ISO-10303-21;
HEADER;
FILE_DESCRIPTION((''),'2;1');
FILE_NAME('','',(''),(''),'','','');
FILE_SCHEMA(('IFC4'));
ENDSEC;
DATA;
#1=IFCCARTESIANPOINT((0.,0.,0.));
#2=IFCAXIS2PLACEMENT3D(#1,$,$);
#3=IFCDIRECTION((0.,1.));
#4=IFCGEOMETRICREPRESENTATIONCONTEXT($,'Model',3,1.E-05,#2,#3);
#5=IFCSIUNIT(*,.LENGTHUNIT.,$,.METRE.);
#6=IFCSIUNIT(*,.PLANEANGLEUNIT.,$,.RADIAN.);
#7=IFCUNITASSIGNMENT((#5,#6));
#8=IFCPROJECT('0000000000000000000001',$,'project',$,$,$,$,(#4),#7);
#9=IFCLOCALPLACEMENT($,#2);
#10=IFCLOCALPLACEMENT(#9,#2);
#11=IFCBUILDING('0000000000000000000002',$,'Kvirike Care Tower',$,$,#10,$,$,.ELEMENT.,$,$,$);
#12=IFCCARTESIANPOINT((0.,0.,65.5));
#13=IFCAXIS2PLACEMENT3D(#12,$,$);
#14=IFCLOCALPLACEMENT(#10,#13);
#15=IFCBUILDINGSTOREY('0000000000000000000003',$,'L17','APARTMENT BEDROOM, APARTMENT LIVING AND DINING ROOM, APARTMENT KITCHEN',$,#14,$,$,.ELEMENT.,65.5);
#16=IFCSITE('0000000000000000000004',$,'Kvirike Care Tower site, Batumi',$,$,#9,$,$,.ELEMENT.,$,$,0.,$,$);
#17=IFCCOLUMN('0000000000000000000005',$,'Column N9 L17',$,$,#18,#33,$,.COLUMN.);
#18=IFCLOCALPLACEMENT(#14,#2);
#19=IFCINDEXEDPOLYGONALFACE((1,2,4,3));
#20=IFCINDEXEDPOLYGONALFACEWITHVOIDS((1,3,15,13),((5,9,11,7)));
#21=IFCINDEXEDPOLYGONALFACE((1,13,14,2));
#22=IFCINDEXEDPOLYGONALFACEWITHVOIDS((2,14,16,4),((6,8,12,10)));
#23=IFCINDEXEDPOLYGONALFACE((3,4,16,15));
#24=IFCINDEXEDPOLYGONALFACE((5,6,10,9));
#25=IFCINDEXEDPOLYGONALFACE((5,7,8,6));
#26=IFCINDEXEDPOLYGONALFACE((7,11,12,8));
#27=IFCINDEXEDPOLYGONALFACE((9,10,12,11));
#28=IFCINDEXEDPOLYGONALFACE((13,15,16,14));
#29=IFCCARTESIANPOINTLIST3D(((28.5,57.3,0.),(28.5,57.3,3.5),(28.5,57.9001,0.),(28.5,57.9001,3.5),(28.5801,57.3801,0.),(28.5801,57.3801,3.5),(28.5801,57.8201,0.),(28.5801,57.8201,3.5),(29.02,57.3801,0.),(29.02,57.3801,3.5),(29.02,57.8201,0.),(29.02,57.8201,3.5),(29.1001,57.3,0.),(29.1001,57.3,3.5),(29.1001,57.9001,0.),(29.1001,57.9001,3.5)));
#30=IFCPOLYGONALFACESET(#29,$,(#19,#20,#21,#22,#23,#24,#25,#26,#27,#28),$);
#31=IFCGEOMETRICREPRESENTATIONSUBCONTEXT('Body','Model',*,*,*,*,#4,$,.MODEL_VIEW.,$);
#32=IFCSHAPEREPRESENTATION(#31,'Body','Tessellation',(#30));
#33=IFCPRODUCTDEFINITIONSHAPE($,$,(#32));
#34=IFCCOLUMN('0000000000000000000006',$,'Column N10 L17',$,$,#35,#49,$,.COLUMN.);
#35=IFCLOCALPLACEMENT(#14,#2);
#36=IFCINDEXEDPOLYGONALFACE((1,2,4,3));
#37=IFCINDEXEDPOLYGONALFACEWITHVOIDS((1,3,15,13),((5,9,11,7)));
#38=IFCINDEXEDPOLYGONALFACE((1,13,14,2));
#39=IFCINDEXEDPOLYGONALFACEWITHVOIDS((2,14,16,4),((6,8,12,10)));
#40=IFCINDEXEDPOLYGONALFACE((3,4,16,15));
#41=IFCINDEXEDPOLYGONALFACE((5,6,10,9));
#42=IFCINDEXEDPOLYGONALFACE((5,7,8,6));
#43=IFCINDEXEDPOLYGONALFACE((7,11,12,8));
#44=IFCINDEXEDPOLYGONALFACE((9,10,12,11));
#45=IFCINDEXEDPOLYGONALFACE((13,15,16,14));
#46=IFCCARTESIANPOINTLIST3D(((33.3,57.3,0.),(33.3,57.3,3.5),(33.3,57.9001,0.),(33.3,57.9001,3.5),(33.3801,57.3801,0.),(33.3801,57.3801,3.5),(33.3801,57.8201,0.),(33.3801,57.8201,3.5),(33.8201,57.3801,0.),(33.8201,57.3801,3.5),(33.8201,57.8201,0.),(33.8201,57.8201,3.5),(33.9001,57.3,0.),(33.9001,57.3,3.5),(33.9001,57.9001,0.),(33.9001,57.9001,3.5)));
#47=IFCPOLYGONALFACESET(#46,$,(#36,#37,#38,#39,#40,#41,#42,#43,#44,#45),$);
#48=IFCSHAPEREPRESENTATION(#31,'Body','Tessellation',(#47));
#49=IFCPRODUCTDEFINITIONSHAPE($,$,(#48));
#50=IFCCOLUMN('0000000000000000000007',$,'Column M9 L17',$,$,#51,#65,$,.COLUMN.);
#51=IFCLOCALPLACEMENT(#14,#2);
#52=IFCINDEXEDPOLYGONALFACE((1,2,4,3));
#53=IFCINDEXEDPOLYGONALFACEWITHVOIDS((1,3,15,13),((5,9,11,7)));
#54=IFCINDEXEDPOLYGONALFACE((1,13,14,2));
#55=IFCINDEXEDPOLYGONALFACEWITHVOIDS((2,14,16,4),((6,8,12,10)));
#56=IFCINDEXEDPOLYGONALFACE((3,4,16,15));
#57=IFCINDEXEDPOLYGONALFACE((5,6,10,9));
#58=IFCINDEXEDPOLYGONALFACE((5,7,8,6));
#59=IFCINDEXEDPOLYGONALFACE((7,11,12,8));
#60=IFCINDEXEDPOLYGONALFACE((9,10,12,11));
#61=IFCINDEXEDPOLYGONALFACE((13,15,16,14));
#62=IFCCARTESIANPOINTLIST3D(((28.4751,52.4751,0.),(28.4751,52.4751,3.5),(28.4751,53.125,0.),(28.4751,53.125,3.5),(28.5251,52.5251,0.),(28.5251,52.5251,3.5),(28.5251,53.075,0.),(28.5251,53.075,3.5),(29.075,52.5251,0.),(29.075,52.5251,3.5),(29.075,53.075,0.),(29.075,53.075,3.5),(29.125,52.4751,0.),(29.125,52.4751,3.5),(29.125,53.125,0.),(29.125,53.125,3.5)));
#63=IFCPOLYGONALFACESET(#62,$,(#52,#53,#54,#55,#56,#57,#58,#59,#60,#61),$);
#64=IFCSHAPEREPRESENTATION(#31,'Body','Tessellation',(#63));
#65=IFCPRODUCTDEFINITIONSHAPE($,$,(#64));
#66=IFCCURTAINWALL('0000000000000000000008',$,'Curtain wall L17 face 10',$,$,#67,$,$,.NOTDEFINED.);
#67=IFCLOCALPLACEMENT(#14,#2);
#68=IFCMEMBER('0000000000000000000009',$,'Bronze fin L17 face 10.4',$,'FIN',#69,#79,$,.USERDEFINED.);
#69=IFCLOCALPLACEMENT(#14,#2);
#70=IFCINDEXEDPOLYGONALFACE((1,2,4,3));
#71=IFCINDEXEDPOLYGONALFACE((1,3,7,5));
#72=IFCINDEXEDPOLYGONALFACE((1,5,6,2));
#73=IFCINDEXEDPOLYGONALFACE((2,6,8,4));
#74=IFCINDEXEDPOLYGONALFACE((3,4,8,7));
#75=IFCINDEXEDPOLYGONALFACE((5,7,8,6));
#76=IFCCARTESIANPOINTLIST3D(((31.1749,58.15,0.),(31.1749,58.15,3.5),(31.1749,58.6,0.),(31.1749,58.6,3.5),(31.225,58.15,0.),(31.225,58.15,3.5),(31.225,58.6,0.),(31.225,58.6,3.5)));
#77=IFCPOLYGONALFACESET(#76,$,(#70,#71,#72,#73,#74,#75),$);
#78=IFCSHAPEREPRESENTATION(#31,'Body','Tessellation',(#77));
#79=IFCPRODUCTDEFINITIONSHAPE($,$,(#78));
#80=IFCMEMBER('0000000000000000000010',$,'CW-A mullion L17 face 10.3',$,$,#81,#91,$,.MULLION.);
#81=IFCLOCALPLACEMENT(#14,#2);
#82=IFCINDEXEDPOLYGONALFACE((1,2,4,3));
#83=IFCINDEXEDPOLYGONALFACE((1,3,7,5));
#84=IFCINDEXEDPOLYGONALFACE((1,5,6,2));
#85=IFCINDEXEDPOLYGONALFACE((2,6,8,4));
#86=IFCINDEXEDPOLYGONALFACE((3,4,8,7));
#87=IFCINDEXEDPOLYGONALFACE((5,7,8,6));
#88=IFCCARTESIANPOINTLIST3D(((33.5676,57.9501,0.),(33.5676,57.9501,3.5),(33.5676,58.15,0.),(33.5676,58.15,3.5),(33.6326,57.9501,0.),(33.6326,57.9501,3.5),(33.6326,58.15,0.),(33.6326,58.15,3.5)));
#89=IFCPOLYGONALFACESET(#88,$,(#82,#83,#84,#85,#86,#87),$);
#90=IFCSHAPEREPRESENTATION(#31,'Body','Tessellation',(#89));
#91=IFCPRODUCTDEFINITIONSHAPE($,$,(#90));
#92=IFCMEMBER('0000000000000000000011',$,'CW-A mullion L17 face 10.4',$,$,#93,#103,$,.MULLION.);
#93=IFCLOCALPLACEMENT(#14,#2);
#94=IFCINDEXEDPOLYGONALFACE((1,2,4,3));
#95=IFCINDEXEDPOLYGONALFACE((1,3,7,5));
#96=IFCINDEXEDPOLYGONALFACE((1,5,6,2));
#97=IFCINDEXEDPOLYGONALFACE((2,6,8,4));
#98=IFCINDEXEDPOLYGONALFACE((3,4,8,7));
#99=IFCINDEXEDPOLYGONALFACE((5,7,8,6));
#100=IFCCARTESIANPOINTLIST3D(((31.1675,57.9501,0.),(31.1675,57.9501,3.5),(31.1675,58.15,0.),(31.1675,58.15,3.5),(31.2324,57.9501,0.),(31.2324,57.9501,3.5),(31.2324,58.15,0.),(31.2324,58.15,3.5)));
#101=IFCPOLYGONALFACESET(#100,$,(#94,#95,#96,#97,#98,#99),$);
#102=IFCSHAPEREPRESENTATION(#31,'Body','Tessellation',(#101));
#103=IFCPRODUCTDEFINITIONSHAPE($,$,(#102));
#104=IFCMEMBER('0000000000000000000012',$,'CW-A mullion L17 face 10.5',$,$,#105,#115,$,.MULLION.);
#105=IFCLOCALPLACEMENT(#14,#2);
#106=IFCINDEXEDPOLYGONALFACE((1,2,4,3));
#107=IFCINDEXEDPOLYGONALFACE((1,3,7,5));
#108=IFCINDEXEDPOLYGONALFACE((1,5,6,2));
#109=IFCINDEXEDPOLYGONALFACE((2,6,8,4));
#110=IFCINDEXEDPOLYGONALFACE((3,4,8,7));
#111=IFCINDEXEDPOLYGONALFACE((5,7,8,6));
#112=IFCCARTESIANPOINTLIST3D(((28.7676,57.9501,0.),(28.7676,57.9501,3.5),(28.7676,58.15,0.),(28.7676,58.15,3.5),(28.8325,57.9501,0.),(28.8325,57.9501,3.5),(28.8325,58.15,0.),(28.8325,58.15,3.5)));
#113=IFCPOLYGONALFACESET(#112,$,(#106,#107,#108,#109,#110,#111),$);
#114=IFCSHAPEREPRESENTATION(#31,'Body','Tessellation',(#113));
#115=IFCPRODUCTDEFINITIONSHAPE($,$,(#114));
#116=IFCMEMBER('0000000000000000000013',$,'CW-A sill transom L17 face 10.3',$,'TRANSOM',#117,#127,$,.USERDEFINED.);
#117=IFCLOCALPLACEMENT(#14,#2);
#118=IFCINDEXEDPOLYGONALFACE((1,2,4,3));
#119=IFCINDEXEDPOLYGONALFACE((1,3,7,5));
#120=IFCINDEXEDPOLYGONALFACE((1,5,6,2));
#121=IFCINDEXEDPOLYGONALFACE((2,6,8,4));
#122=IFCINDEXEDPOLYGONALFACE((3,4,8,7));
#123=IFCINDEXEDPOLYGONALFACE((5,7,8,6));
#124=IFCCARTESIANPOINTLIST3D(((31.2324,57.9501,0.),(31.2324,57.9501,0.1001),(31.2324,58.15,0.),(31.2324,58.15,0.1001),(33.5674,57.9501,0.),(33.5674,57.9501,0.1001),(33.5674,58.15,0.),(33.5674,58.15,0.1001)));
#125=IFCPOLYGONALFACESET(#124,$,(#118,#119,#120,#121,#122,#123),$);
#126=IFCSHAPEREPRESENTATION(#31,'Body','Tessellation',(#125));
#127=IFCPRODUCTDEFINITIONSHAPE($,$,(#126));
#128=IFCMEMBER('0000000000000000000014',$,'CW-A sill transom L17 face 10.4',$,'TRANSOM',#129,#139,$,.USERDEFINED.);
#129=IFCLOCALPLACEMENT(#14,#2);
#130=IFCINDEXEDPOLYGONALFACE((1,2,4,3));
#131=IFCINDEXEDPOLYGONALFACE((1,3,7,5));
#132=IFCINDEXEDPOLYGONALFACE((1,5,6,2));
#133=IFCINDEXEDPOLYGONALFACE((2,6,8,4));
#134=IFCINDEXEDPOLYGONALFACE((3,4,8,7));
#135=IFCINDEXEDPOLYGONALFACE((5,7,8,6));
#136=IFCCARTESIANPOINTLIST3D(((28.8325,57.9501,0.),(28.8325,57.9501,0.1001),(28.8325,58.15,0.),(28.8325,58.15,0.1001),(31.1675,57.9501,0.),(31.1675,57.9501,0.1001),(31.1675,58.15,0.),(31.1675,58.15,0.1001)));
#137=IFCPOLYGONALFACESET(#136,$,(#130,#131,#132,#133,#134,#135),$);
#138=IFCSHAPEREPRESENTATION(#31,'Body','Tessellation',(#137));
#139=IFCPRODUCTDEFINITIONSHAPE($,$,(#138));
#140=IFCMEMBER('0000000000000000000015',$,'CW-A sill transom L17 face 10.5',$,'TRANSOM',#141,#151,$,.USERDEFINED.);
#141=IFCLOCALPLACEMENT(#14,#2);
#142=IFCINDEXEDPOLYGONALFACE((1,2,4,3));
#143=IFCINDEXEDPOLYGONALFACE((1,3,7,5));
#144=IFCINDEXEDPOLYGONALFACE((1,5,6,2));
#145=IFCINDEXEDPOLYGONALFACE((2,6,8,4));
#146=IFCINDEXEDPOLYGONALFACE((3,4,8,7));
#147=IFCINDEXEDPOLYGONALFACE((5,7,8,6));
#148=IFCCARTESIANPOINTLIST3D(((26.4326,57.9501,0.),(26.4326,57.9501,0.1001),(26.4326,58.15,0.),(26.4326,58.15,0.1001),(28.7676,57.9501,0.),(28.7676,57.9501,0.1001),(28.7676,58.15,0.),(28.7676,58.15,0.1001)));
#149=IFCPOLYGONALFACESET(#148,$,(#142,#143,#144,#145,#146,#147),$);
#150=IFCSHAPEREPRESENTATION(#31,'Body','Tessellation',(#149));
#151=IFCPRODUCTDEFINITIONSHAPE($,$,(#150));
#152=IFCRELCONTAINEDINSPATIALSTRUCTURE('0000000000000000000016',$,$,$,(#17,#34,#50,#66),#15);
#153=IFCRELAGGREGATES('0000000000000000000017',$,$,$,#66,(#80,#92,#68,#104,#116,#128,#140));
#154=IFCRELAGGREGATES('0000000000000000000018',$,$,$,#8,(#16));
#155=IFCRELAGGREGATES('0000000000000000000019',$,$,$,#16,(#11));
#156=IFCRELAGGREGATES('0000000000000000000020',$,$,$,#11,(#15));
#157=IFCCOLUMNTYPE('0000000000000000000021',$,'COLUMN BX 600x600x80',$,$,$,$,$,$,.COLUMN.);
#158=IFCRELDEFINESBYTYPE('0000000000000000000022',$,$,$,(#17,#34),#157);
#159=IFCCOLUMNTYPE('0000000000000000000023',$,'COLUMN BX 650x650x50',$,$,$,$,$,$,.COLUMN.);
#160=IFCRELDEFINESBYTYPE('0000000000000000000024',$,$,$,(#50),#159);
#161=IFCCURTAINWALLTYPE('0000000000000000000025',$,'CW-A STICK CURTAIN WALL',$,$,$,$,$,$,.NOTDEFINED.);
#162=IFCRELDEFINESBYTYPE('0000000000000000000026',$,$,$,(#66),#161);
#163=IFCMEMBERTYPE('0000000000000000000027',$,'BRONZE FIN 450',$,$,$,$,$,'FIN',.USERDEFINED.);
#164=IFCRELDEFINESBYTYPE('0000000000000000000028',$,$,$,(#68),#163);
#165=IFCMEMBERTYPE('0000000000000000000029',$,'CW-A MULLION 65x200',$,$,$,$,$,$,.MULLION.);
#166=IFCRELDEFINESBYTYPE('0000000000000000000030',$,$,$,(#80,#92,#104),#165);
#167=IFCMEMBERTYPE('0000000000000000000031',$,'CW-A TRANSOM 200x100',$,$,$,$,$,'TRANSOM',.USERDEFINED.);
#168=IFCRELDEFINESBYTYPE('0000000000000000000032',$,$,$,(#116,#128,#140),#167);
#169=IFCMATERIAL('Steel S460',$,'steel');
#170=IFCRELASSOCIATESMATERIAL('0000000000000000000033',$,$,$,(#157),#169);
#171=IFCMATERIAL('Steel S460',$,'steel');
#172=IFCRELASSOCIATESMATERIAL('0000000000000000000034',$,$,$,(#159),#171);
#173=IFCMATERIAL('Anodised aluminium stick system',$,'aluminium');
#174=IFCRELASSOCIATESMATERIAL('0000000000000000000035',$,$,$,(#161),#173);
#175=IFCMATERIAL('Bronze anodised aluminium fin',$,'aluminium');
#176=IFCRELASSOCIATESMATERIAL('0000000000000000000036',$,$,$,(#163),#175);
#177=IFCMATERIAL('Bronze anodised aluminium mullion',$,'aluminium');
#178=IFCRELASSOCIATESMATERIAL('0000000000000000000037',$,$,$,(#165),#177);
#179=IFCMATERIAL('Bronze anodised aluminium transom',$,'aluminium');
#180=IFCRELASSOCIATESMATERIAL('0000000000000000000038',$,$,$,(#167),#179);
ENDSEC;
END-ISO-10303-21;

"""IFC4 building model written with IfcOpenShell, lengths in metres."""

from ifc_helpers import new_model, si_unit, direction, frame, origin, origin_2d, place, context, subcontext, project, spatial, rectangle, hollow_rectangle, extrude, material, material_profile, profile_set, type_object, element, aggregate, save


model = new_model("IFC4")

# Units and contexts
model_context = context("Model", 3, precision=1e-05, world=origin(), true_north=direction((0.0, 1.0)))
body_context = subcontext(model_context, "Body", "Model", "MODEL_VIEW")
ifc_project = project(units=[si_unit("LENGTHUNIT", "METRE"), si_unit("PLANEANGLEUNIT", "RADIAN")], contexts=[model_context])

# Site, building, storey
site_placement = place(None, origin())
site = spatial("IfcSite", under=ifc_project, at=site_placement, Name="Kvirike Care Tower site, Batumi", CompositionType="ELEMENT", RefElevation=0.0)
building_placement = place(site_placement, origin())
building = spatial("IfcBuilding", under=site, at=building_placement, Name="Kvirike Care Tower", CompositionType="ELEMENT")
storey_placement = place(building_placement, frame((0.0, 0.0, 65.5)))
storey = spatial("IfcBuildingStorey", under=building, at=storey_placement, Name="L17", Description="APARTMENT BEDROOM, APARTMENT LIVING AND DINING ROOM, APARTMENT KITCHEN", CompositionType="ELEMENT", Elevation=65.5)

# Columns
ifc_material_1 = material(Name="Steel S460", Category="steel")
ifc_material_profile_1 = material_profile(ifc_material_1, hollow_rectangle(XDim=0.6001, YDim=0.6001, WallThickness=0.0801, at=origin_2d()), Name="BX 600x600x80")
ifc_profile_set_1 = profile_set([ifc_material_profile_1], Name="Steel S460")
column_type_1 = type_object("IfcColumnType", Name="COLUMN BX 600x600x80", PredefinedType="COLUMN", material=ifc_profile_set_1)
for number, where, z_axis, x_axis, name in (
    (1, (28.8, 57.6001, 0.0), (0.0, 0.0, 1.0), (0.0, 1.0, 0.0), "Column N9 L17"),
    (2, (33.6001, 57.6001, 0.0), (0.0, 0.0, 1.0), (0.0, 1.0, 0.0), "Column N10 L17"),
):
    element("IfcColumn", number, at=place(storey_placement, frame(where, z_axis=z_axis, x_axis=x_axis)), inside=storey, type_object=column_type_1, Name=name, PredefinedType="COLUMN", context=body_context, shape_type="SweptSolid", body=[
        extrude(hollow_rectangle(XDim=0.6001, YDim=0.6001, WallThickness=0.0801, at=origin_2d()), origin(), (0.0, 0.0, 1.0), 3.5),
    ])
ifc_material_2 = material(Name="Steel S460", Category="steel")
ifc_material_profile_2 = material_profile(ifc_material_2, hollow_rectangle(XDim=0.6499, YDim=0.6499, WallThickness=0.05, at=origin_2d()), Name="BX 650x650x50")
ifc_profile_set_2 = profile_set([ifc_material_profile_2], Name="Steel S460")
column_type_2 = type_object("IfcColumnType", Name="COLUMN BX 650x650x50", PredefinedType="COLUMN", material=ifc_profile_set_2)
column_placement = place(storey_placement, frame((28.8, 52.8, 0.0), z_axis=(0.0, 0.0, 1.0), x_axis=(1.0, 0.0, 0.0)))
element("IfcColumn", 3, at=column_placement, inside=storey, type_object=column_type_2, Name="Column M9 L17", PredefinedType="COLUMN", context=body_context, shape_type="SweptSolid", body=[
    extrude(hollow_rectangle(XDim=0.6499, YDim=0.6499, WallThickness=0.05, at=origin_2d()), origin(), (0.0, 0.0, 1.0), 3.5),
])

# Curtain wall, members
ifc_material_3 = material(Name="Anodised aluminium stick system", Category="aluminium")
curtain_wall_type = type_object("IfcCurtainWallType", Name="CW-A STICK CURTAIN WALL", PredefinedType="NOTDEFINED", material=ifc_material_3)
curtain_wall_placement = place(storey_placement, origin())
curtain_wall = element("IfcCurtainWall", 4, at=curtain_wall_placement, inside=storey, type_object=curtain_wall_type, Name="Curtain wall L17 face 10", PredefinedType="NOTDEFINED")
ifc_material_4 = material(Name="Bronze anodised aluminium fin", Category="aluminium")
ifc_material_profile_3 = material_profile(ifc_material_4, rectangle(XDim=0.05, YDim=0.45, at=origin_2d()), Name="BRONZE FIN 450")
ifc_profile_set_3 = profile_set([ifc_material_profile_3], Name="Bronze anodised aluminium fin")
member_type_1 = type_object("IfcMemberType", Name="BRONZE FIN 450", ElementType="FIN", PredefinedType="USERDEFINED", material=ifc_profile_set_3)
member_1_placement = place(storey_placement, frame((31.2, 58.375, 0.0), z_axis=(0.0, 0.0, 1.0), x_axis=(-1.0, 0.0, 0.0)))
member_1 = element("IfcMember", 5, at=member_1_placement, type_object=member_type_1, Name="Bronze fin L17 face 10.4", ObjectType="FIN", PredefinedType="USERDEFINED", context=body_context, shape_type="SweptSolid", body=[
    extrude(rectangle(XDim=0.05, YDim=0.45, at=origin_2d()), origin(), (0.0, 0.0, 1.0), 3.5),
])
ifc_material_5 = material(Name="Bronze anodised aluminium mullion", Category="aluminium")
ifc_material_profile_4 = material_profile(ifc_material_5, rectangle(XDim=0.0649, YDim=0.2, at=origin_2d()), Name="CW-A MULLION 65x200")
ifc_profile_set_4 = profile_set([ifc_material_profile_4], Name="Bronze anodised aluminium mullion")
member_type_2 = type_object("IfcMemberType", Name="CW-A MULLION 65x200", PredefinedType="MULLION", material=ifc_profile_set_4)
member_2_placement = place(storey_placement, frame((33.6001, 58.05, 0.0), z_axis=(0.0, 0.0, 1.0), x_axis=(-1.0, 0.0, 0.0)))
member_2 = element("IfcMember", 6, at=member_2_placement, type_object=member_type_2, Name="CW-A mullion L17 face 10.3", PredefinedType="MULLION", context=body_context, shape_type="SweptSolid", body=[
    extrude(rectangle(XDim=0.0649, YDim=0.2, at=origin_2d()), origin(), (0.0, 0.0, 1.0), 3.5),
])
member_3_placement = place(storey_placement, frame((31.2, 58.05, 0.0), z_axis=(0.0, 0.0, 1.0), x_axis=(-1.0, 0.0, 0.0)))
member_3 = element("IfcMember", 7, at=member_3_placement, type_object=member_type_2, Name="CW-A mullion L17 face 10.4", PredefinedType="MULLION", context=body_context, shape_type="SweptSolid", body=[
    extrude(rectangle(XDim=0.0649, YDim=0.2, at=origin_2d()), origin(), (0.0, 0.0, 1.0), 3.5),
])
member_4_placement = place(storey_placement, frame((28.8, 58.05, 0.0), z_axis=(0.0, 0.0, 1.0), x_axis=(-1.0, 0.0, 0.0)))
member_4 = element("IfcMember", 8, at=member_4_placement, type_object=member_type_2, Name="CW-A mullion L17 face 10.5", PredefinedType="MULLION", context=body_context, shape_type="SweptSolid", body=[
    extrude(rectangle(XDim=0.0649, YDim=0.2, at=origin_2d()), origin(), (0.0, 0.0, 1.0), 3.5),
])
ifc_material_6 = material(Name="Bronze anodised aluminium transom", Category="aluminium")
ifc_material_profile_5 = material_profile(ifc_material_6, rectangle(XDim=0.2, YDim=0.1001, at=origin_2d()), Name="CW-A TRANSOM 200x100")
ifc_profile_set_5 = profile_set([ifc_material_profile_5], Name="Bronze anodised aluminium transom")
member_type_3 = type_object("IfcMemberType", Name="CW-A TRANSOM 200x100", ElementType="TRANSOM", PredefinedType="USERDEFINED", material=ifc_profile_set_5)
member_5_placement = place(storey_placement, frame((33.5674, 58.05, 0.05), z_axis=(-1.0, 0.0, 0.0), x_axis=(0.0, -1.0, 0.0)))
member_5 = element("IfcMember", 9, at=member_5_placement, type_object=member_type_3, Name="CW-A sill transom L17 face 10.3", ObjectType="TRANSOM", PredefinedType="USERDEFINED", context=body_context, shape_type="SweptSolid", body=[
    extrude(rectangle(XDim=0.2, YDim=0.1001, at=origin_2d()), origin(), (0.0, 0.0, 1.0), 2.335),
])
member_6_placement = place(storey_placement, frame((31.1675, 58.05, 0.05), z_axis=(-1.0, 0.0, 0.0), x_axis=(0.0, -1.0, 0.0)))
member_6 = element("IfcMember", 10, at=member_6_placement, type_object=member_type_3, Name="CW-A sill transom L17 face 10.4", ObjectType="TRANSOM", PredefinedType="USERDEFINED", context=body_context, shape_type="SweptSolid", body=[
    extrude(rectangle(XDim=0.2, YDim=0.1001, at=origin_2d()), origin(), (0.0, 0.0, 1.0), 2.335),
])
member_7_placement = place(storey_placement, frame((28.7676, 58.05, 0.05), z_axis=(-1.0, 0.0, 0.0), x_axis=(0.0, -1.0, 0.0)))
member_7 = element("IfcMember", 11, at=member_7_placement, type_object=member_type_3, Name="CW-A sill transom L17 face 10.5", ObjectType="TRANSOM", PredefinedType="USERDEFINED", context=body_context, shape_type="SweptSolid", body=[
    extrude(rectangle(XDim=0.2, YDim=0.1001, at=origin_2d()), origin(), (0.0, 0.0, 1.0), 2.335),
])

aggregate(curtain_wall, [member_2, member_3, member_1, member_4, member_5, member_6, member_7])

save(model, "model.ifc")
